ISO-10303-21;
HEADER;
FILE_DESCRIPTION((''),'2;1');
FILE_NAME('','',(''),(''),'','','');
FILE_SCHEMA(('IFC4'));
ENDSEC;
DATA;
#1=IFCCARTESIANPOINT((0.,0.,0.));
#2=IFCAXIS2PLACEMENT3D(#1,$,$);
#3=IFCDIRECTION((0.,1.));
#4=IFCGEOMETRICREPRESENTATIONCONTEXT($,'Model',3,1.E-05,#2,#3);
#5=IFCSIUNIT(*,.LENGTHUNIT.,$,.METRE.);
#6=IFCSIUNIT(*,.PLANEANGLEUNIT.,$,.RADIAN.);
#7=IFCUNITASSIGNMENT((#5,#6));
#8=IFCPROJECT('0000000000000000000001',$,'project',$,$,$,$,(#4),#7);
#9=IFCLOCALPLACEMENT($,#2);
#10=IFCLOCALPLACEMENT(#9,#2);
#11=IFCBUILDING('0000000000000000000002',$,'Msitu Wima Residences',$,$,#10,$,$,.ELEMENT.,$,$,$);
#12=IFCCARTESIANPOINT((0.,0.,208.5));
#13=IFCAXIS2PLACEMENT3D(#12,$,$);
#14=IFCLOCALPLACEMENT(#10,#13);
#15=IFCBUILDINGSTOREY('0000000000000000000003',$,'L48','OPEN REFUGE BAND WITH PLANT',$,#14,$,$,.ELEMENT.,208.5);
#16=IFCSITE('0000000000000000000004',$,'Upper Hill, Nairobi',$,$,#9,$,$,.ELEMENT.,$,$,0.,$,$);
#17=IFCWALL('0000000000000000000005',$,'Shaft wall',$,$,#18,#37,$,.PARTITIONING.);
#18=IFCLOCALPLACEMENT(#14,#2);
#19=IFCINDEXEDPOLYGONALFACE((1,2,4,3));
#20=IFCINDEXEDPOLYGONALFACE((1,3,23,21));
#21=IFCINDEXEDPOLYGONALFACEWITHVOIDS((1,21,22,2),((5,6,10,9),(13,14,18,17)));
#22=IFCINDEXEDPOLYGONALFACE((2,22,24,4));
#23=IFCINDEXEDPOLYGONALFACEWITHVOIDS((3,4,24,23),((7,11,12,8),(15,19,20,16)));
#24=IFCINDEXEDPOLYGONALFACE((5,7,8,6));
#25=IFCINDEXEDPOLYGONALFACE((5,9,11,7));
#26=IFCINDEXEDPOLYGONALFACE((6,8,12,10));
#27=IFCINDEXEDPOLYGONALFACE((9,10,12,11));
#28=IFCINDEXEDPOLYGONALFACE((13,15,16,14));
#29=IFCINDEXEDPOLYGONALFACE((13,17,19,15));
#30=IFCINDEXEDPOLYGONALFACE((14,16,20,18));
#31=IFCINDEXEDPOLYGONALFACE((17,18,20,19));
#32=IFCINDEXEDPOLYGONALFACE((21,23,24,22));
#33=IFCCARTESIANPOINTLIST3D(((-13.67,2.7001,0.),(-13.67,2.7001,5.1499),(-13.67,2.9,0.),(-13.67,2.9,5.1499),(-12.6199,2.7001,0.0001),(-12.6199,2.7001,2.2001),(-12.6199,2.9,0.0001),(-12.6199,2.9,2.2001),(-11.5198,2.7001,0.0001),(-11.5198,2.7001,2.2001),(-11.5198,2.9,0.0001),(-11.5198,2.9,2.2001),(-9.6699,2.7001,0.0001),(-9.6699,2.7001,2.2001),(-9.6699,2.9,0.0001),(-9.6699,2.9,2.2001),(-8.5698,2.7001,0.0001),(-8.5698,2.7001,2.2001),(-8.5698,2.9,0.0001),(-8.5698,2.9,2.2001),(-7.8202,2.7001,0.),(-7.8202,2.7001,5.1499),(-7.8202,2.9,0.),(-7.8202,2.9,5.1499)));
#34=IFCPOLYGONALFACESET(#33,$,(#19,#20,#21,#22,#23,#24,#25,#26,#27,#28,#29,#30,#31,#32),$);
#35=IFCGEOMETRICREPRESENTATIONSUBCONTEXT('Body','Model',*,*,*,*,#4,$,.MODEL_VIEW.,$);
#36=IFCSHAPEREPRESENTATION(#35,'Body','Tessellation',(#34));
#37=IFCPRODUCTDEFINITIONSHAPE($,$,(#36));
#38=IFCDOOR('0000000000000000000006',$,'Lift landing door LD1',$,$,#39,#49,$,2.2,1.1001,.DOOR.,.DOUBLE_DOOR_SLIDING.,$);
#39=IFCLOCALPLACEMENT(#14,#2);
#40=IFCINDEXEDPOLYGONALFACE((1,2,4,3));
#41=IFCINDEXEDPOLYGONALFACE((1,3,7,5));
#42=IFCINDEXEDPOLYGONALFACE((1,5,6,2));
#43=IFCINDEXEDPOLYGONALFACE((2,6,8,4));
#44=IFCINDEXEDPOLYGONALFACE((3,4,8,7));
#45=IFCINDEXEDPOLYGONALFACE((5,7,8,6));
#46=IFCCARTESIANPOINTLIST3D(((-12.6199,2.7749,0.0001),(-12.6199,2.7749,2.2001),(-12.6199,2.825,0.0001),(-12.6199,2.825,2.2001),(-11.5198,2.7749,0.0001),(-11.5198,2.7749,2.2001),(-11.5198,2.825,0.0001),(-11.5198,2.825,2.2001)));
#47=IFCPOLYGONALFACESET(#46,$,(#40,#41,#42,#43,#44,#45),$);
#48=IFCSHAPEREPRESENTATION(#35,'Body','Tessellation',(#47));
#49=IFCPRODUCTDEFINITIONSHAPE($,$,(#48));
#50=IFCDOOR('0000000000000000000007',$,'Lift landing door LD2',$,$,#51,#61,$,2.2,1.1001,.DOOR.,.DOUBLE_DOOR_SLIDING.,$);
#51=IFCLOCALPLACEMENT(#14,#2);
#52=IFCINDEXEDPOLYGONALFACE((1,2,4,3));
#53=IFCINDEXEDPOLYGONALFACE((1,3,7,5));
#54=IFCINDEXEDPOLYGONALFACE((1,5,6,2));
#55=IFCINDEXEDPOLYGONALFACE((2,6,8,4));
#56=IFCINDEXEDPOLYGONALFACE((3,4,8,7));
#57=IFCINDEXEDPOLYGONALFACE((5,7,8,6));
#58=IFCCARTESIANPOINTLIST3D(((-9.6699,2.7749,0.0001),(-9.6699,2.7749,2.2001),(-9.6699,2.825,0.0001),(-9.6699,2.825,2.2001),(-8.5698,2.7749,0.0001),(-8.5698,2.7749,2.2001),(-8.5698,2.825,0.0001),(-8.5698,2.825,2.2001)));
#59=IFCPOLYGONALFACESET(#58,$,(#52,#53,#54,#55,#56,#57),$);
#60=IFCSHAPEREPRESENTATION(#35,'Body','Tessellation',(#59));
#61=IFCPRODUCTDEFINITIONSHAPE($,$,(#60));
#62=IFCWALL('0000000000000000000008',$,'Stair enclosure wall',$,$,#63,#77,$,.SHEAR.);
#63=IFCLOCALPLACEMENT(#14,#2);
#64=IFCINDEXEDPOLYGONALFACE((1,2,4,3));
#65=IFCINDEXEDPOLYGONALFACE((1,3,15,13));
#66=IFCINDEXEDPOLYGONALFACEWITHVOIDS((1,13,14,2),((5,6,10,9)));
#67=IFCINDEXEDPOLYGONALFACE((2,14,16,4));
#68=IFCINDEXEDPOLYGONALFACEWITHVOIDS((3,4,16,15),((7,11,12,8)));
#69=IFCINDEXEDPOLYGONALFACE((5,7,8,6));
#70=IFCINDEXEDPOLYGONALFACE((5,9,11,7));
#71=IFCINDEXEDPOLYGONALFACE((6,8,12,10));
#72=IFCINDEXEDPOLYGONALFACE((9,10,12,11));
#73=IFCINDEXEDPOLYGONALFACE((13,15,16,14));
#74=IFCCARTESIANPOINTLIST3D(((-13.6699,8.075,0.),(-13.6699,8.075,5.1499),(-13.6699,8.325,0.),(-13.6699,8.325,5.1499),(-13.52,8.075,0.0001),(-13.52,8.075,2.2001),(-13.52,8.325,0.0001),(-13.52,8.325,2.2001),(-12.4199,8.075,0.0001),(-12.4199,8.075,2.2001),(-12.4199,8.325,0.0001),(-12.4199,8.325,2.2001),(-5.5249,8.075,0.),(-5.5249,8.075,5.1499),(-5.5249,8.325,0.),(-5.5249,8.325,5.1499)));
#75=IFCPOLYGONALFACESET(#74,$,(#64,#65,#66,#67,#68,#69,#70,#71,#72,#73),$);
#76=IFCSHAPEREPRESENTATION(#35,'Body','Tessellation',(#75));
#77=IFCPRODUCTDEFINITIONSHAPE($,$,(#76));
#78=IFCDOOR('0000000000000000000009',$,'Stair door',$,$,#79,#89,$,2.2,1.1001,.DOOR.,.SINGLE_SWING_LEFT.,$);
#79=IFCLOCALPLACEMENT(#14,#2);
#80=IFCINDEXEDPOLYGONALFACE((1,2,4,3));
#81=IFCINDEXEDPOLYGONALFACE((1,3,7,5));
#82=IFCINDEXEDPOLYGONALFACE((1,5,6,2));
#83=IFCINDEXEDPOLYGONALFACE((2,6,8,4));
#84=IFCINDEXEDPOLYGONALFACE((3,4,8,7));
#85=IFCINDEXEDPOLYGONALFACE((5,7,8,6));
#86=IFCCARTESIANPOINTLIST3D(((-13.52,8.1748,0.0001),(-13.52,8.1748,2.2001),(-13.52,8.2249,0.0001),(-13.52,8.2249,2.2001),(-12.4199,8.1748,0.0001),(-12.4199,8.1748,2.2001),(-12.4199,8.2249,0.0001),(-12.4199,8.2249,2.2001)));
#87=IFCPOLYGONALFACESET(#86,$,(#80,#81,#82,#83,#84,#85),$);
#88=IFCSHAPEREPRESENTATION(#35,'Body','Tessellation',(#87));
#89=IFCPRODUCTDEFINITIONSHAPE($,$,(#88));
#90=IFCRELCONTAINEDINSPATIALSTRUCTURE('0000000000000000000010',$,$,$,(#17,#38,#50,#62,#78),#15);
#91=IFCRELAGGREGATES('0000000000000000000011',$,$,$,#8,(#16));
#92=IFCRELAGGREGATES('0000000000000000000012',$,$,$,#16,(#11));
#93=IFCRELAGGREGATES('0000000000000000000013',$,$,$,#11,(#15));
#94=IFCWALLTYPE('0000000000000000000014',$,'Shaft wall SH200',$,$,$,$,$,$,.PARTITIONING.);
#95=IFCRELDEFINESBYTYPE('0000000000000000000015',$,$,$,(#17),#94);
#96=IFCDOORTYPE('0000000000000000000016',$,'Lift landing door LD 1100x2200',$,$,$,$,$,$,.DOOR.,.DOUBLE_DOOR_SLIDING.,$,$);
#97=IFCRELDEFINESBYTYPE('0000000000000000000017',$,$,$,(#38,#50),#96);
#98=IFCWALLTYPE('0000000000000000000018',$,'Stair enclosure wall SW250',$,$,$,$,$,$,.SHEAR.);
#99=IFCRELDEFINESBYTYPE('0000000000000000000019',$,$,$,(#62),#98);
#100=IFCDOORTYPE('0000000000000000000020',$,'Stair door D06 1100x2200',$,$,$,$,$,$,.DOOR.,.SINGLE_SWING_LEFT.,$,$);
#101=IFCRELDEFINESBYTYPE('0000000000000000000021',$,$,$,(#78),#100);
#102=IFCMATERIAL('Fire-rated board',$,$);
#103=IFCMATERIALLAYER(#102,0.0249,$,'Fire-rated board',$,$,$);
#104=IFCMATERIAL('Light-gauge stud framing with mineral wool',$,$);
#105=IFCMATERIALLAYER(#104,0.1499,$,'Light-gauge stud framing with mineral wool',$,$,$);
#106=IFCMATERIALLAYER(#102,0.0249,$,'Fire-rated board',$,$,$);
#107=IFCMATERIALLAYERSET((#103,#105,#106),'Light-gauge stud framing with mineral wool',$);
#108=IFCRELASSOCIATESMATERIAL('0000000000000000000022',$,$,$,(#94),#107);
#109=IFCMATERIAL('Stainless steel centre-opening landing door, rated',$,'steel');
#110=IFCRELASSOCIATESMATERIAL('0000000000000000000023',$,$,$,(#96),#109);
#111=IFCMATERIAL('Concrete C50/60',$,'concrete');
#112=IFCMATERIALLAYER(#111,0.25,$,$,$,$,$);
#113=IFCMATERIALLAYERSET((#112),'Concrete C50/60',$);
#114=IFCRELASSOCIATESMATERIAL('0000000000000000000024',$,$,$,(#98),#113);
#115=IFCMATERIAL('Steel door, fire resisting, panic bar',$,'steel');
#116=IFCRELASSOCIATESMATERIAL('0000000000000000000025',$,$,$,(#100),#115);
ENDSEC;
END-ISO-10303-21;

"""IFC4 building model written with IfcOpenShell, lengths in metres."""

from ifc_helpers import new_model, si_unit, direction, frame, frame_2d, origin, place, context, subcontext, project, spatial, rectangle, extrude, material, layer, layer_set, type_object, element, fill, save


model = new_model("IFC4")

# Units and contexts
model_context = context("Model", 3, precision=1e-05, world=origin(), true_north=direction((0.0, 1.0)))
body_context = subcontext(model_context, "Body", "Model", "MODEL_VIEW")
ifc_project = project(units=[si_unit("LENGTHUNIT", "METRE"), si_unit("PLANEANGLEUNIT", "RADIAN")], contexts=[model_context])

# Site, building, storey
site_placement = place(None, origin())
site = spatial("IfcSite", under=ifc_project, at=site_placement, Name="Upper Hill, Nairobi", CompositionType="ELEMENT", RefElevation=0.0)
building_placement = place(site_placement, origin())
building = spatial("IfcBuilding", under=site, at=building_placement, Name="Msitu Wima Residences", CompositionType="ELEMENT")
storey_placement = place(building_placement, frame((0.0, 0.0, 208.5)))
storey = spatial("IfcBuildingStorey", under=building, at=storey_placement, Name="L48", Description="OPEN REFUGE BAND WITH PLANT", CompositionType="ELEMENT", Elevation=208.5)

# Shared definitions
ifc_material_1 = material(Name="Concrete C50/60", Category="concrete")

# Shared definitions
ifc_material_2 = material(Name="Fire-rated board")
ifc_layer_1 = layer(ifc_material_2, 0.0249, Name="Fire-rated board")
ifc_material_3 = material(Name="Light-gauge stud framing with mineral wool")
ifc_layer_2 = layer(ifc_material_3, 0.1499, Name="Light-gauge stud framing with mineral wool")
ifc_layer_3 = layer(ifc_material_2, 0.0249, Name="Fire-rated board")
ifc_layer_set_1 = layer_set([ifc_layer_1, ifc_layer_2, ifc_layer_3], Name="Light-gauge stud framing with mineral wool")
wall_type_1 = type_object("IfcWallType", Name="Shaft wall SH200", PredefinedType="PARTITIONING", material=ifc_layer_set_1)

# Wall, openings, doors
wall_1_placement = place(storey_placement, frame((-13.6699, 2.8, 0.0), z_axis=(0.0, 0.0, 1.0), x_axis=(1.0, 0.0, 0.0)))
wall_1 = element("IfcWall", 1, at=wall_1_placement, inside=storey, type_object=wall_type_1, Name="Shaft wall", PredefinedType="PARTITIONING", context=body_context, shape_type="SweptSolid", body=[
    extrude(rectangle(XDim=5.8499, YDim=0.2, at=frame_2d((2.9248, 0.0))), origin(), (0.0, 0.0, 1.0), 5.1499),
])
opening_1_placement = place(wall_1_placement, frame((1.05, 0.0, 0.0)))
opening_1 = element("IfcOpeningElement", 2, at=opening_1_placement, cuts=wall_1, PredefinedType="OPENING", context=body_context, shape_type="SweptSolid", body=[
    extrude(rectangle(XDim=1.1001, YDim=2.2, at=frame_2d((0.55, 1.1001))), frame((0.0, 0.1099, 0.0), z_axis=(0.0, -1.0, 0.0), x_axis=(1.0, 0.0, 0.0)), (0.0, 0.0, 1.0), 0.22),
])
opening_2_placement = place(wall_1_placement, frame((4.0, 0.0, 0.0)))
opening_2 = element("IfcOpeningElement", 3, at=opening_2_placement, cuts=wall_1, PredefinedType="OPENING", context=body_context, shape_type="SweptSolid", body=[
    extrude(rectangle(XDim=1.1001, YDim=2.2, at=frame_2d((0.55, 1.1001))), frame((0.0, 0.1099, 0.0), z_axis=(0.0, -1.0, 0.0), x_axis=(1.0, 0.0, 0.0)), (0.0, 0.0, 1.0), 0.22),
])
ifc_material_4 = material(Name="Stainless steel centre-opening landing door, rated", Category="steel")
door_type_1 = type_object("IfcDoorType", Name="Lift landing door LD 1100x2200", OperationType="DOUBLE_DOOR_SLIDING", PredefinedType="DOOR", material=ifc_material_4)
door_1_placement = place(opening_1_placement, origin())
door_1 = element("IfcDoor", 4, at=door_1_placement, inside=storey, type_object=door_type_1, Name="Lift landing door LD1", OperationType="DOUBLE_DOOR_SLIDING", OverallHeight=2.2, OverallWidth=1.1001, PredefinedType="DOOR", context=body_context, shape_type="SweptSolid", body=[
    extrude(rectangle(XDim=1.1001, YDim=2.2, at=frame_2d((0.55, 1.1001))), frame((0.0, 0.0249, 0.0), z_axis=(0.0, -1.0, 0.0), x_axis=(1.0, 0.0, 0.0)), (0.0, 0.0, 1.0), 0.05),
])
fill(opening_1, door_1)
door_2_placement = place(opening_2_placement, origin())
door_2 = element("IfcDoor", 5, at=door_2_placement, inside=storey, type_object=door_type_1, Name="Lift landing door LD2", OperationType="DOUBLE_DOOR_SLIDING", OverallHeight=2.2, OverallWidth=1.1001, PredefinedType="DOOR", context=body_context, shape_type="SweptSolid", body=[
    extrude(rectangle(XDim=1.1001, YDim=2.2, at=frame_2d((0.55, 1.1001))), frame((0.0, 0.0249, 0.0), z_axis=(0.0, -1.0, 0.0), x_axis=(1.0, 0.0, 0.0)), (0.0, 0.0, 1.0), 0.05),
])
fill(opening_2, door_2)

# Wall, opening, door
ifc_layer_4 = layer(ifc_material_1, 0.25)
ifc_layer_set_2 = layer_set([ifc_layer_4], Name="Concrete C50/60")
wall_type_2 = type_object("IfcWallType", Name="Stair enclosure wall SW250", PredefinedType="SHEAR", material=ifc_layer_set_2)
wall_2_placement = place(storey_placement, frame((-13.6699, 8.2, 0.0), z_axis=(0.0, 0.0, 1.0), x_axis=(1.0, 0.0, 0.0)))
wall_2 = element("IfcWall", 6, at=wall_2_placement, inside=storey, type_object=wall_type_2, Name="Stair enclosure wall", PredefinedType="SHEAR", context=body_context, shape_type="SweptSolid", body=[
    extrude(rectangle(XDim=8.145, YDim=0.25, at=frame_2d((4.0725, 0.0))), origin(), (0.0, 0.0, 1.0), 5.1499),
])
opening_3_placement = place(wall_2_placement, frame((0.1499, 0.0, 0.0)))
opening_3 = element("IfcOpeningElement", 7, at=opening_3_placement, cuts=wall_2, PredefinedType="OPENING", context=body_context, shape_type="SweptSolid", body=[
    extrude(rectangle(XDim=1.1001, YDim=2.2, at=frame_2d((0.55, 1.1001))), frame((0.0, 0.135, 0.0), z_axis=(0.0, -1.0, 0.0), x_axis=(1.0, 0.0, 0.0)), (0.0, 0.0, 1.0), 0.27),
])
ifc_material_5 = material(Name="Steel door, fire resisting, panic bar", Category="steel")
door_type_2 = type_object("IfcDoorType", Name="Stair door D06 1100x2200", OperationType="SINGLE_SWING_LEFT", PredefinedType="DOOR", material=ifc_material_5)
door_3_placement = place(opening_3_placement, origin())
door_3 = element("IfcDoor", 8, at=door_3_placement, inside=storey, type_object=door_type_2, Name="Stair door", OperationType="SINGLE_SWING_LEFT", OverallHeight=2.2, OverallWidth=1.1001, PredefinedType="DOOR", context=body_context, shape_type="SweptSolid", body=[
    extrude(rectangle(XDim=1.1001, YDim=2.2, at=frame_2d((0.55, 1.1001))), frame((0.0, 0.0249, 0.0), z_axis=(0.0, -1.0, 0.0), x_axis=(1.0, 0.0, 0.0)), (0.0, 0.0, 1.0), 0.05),
])
fill(opening_3, door_3)

save(model, "model.ifc")
